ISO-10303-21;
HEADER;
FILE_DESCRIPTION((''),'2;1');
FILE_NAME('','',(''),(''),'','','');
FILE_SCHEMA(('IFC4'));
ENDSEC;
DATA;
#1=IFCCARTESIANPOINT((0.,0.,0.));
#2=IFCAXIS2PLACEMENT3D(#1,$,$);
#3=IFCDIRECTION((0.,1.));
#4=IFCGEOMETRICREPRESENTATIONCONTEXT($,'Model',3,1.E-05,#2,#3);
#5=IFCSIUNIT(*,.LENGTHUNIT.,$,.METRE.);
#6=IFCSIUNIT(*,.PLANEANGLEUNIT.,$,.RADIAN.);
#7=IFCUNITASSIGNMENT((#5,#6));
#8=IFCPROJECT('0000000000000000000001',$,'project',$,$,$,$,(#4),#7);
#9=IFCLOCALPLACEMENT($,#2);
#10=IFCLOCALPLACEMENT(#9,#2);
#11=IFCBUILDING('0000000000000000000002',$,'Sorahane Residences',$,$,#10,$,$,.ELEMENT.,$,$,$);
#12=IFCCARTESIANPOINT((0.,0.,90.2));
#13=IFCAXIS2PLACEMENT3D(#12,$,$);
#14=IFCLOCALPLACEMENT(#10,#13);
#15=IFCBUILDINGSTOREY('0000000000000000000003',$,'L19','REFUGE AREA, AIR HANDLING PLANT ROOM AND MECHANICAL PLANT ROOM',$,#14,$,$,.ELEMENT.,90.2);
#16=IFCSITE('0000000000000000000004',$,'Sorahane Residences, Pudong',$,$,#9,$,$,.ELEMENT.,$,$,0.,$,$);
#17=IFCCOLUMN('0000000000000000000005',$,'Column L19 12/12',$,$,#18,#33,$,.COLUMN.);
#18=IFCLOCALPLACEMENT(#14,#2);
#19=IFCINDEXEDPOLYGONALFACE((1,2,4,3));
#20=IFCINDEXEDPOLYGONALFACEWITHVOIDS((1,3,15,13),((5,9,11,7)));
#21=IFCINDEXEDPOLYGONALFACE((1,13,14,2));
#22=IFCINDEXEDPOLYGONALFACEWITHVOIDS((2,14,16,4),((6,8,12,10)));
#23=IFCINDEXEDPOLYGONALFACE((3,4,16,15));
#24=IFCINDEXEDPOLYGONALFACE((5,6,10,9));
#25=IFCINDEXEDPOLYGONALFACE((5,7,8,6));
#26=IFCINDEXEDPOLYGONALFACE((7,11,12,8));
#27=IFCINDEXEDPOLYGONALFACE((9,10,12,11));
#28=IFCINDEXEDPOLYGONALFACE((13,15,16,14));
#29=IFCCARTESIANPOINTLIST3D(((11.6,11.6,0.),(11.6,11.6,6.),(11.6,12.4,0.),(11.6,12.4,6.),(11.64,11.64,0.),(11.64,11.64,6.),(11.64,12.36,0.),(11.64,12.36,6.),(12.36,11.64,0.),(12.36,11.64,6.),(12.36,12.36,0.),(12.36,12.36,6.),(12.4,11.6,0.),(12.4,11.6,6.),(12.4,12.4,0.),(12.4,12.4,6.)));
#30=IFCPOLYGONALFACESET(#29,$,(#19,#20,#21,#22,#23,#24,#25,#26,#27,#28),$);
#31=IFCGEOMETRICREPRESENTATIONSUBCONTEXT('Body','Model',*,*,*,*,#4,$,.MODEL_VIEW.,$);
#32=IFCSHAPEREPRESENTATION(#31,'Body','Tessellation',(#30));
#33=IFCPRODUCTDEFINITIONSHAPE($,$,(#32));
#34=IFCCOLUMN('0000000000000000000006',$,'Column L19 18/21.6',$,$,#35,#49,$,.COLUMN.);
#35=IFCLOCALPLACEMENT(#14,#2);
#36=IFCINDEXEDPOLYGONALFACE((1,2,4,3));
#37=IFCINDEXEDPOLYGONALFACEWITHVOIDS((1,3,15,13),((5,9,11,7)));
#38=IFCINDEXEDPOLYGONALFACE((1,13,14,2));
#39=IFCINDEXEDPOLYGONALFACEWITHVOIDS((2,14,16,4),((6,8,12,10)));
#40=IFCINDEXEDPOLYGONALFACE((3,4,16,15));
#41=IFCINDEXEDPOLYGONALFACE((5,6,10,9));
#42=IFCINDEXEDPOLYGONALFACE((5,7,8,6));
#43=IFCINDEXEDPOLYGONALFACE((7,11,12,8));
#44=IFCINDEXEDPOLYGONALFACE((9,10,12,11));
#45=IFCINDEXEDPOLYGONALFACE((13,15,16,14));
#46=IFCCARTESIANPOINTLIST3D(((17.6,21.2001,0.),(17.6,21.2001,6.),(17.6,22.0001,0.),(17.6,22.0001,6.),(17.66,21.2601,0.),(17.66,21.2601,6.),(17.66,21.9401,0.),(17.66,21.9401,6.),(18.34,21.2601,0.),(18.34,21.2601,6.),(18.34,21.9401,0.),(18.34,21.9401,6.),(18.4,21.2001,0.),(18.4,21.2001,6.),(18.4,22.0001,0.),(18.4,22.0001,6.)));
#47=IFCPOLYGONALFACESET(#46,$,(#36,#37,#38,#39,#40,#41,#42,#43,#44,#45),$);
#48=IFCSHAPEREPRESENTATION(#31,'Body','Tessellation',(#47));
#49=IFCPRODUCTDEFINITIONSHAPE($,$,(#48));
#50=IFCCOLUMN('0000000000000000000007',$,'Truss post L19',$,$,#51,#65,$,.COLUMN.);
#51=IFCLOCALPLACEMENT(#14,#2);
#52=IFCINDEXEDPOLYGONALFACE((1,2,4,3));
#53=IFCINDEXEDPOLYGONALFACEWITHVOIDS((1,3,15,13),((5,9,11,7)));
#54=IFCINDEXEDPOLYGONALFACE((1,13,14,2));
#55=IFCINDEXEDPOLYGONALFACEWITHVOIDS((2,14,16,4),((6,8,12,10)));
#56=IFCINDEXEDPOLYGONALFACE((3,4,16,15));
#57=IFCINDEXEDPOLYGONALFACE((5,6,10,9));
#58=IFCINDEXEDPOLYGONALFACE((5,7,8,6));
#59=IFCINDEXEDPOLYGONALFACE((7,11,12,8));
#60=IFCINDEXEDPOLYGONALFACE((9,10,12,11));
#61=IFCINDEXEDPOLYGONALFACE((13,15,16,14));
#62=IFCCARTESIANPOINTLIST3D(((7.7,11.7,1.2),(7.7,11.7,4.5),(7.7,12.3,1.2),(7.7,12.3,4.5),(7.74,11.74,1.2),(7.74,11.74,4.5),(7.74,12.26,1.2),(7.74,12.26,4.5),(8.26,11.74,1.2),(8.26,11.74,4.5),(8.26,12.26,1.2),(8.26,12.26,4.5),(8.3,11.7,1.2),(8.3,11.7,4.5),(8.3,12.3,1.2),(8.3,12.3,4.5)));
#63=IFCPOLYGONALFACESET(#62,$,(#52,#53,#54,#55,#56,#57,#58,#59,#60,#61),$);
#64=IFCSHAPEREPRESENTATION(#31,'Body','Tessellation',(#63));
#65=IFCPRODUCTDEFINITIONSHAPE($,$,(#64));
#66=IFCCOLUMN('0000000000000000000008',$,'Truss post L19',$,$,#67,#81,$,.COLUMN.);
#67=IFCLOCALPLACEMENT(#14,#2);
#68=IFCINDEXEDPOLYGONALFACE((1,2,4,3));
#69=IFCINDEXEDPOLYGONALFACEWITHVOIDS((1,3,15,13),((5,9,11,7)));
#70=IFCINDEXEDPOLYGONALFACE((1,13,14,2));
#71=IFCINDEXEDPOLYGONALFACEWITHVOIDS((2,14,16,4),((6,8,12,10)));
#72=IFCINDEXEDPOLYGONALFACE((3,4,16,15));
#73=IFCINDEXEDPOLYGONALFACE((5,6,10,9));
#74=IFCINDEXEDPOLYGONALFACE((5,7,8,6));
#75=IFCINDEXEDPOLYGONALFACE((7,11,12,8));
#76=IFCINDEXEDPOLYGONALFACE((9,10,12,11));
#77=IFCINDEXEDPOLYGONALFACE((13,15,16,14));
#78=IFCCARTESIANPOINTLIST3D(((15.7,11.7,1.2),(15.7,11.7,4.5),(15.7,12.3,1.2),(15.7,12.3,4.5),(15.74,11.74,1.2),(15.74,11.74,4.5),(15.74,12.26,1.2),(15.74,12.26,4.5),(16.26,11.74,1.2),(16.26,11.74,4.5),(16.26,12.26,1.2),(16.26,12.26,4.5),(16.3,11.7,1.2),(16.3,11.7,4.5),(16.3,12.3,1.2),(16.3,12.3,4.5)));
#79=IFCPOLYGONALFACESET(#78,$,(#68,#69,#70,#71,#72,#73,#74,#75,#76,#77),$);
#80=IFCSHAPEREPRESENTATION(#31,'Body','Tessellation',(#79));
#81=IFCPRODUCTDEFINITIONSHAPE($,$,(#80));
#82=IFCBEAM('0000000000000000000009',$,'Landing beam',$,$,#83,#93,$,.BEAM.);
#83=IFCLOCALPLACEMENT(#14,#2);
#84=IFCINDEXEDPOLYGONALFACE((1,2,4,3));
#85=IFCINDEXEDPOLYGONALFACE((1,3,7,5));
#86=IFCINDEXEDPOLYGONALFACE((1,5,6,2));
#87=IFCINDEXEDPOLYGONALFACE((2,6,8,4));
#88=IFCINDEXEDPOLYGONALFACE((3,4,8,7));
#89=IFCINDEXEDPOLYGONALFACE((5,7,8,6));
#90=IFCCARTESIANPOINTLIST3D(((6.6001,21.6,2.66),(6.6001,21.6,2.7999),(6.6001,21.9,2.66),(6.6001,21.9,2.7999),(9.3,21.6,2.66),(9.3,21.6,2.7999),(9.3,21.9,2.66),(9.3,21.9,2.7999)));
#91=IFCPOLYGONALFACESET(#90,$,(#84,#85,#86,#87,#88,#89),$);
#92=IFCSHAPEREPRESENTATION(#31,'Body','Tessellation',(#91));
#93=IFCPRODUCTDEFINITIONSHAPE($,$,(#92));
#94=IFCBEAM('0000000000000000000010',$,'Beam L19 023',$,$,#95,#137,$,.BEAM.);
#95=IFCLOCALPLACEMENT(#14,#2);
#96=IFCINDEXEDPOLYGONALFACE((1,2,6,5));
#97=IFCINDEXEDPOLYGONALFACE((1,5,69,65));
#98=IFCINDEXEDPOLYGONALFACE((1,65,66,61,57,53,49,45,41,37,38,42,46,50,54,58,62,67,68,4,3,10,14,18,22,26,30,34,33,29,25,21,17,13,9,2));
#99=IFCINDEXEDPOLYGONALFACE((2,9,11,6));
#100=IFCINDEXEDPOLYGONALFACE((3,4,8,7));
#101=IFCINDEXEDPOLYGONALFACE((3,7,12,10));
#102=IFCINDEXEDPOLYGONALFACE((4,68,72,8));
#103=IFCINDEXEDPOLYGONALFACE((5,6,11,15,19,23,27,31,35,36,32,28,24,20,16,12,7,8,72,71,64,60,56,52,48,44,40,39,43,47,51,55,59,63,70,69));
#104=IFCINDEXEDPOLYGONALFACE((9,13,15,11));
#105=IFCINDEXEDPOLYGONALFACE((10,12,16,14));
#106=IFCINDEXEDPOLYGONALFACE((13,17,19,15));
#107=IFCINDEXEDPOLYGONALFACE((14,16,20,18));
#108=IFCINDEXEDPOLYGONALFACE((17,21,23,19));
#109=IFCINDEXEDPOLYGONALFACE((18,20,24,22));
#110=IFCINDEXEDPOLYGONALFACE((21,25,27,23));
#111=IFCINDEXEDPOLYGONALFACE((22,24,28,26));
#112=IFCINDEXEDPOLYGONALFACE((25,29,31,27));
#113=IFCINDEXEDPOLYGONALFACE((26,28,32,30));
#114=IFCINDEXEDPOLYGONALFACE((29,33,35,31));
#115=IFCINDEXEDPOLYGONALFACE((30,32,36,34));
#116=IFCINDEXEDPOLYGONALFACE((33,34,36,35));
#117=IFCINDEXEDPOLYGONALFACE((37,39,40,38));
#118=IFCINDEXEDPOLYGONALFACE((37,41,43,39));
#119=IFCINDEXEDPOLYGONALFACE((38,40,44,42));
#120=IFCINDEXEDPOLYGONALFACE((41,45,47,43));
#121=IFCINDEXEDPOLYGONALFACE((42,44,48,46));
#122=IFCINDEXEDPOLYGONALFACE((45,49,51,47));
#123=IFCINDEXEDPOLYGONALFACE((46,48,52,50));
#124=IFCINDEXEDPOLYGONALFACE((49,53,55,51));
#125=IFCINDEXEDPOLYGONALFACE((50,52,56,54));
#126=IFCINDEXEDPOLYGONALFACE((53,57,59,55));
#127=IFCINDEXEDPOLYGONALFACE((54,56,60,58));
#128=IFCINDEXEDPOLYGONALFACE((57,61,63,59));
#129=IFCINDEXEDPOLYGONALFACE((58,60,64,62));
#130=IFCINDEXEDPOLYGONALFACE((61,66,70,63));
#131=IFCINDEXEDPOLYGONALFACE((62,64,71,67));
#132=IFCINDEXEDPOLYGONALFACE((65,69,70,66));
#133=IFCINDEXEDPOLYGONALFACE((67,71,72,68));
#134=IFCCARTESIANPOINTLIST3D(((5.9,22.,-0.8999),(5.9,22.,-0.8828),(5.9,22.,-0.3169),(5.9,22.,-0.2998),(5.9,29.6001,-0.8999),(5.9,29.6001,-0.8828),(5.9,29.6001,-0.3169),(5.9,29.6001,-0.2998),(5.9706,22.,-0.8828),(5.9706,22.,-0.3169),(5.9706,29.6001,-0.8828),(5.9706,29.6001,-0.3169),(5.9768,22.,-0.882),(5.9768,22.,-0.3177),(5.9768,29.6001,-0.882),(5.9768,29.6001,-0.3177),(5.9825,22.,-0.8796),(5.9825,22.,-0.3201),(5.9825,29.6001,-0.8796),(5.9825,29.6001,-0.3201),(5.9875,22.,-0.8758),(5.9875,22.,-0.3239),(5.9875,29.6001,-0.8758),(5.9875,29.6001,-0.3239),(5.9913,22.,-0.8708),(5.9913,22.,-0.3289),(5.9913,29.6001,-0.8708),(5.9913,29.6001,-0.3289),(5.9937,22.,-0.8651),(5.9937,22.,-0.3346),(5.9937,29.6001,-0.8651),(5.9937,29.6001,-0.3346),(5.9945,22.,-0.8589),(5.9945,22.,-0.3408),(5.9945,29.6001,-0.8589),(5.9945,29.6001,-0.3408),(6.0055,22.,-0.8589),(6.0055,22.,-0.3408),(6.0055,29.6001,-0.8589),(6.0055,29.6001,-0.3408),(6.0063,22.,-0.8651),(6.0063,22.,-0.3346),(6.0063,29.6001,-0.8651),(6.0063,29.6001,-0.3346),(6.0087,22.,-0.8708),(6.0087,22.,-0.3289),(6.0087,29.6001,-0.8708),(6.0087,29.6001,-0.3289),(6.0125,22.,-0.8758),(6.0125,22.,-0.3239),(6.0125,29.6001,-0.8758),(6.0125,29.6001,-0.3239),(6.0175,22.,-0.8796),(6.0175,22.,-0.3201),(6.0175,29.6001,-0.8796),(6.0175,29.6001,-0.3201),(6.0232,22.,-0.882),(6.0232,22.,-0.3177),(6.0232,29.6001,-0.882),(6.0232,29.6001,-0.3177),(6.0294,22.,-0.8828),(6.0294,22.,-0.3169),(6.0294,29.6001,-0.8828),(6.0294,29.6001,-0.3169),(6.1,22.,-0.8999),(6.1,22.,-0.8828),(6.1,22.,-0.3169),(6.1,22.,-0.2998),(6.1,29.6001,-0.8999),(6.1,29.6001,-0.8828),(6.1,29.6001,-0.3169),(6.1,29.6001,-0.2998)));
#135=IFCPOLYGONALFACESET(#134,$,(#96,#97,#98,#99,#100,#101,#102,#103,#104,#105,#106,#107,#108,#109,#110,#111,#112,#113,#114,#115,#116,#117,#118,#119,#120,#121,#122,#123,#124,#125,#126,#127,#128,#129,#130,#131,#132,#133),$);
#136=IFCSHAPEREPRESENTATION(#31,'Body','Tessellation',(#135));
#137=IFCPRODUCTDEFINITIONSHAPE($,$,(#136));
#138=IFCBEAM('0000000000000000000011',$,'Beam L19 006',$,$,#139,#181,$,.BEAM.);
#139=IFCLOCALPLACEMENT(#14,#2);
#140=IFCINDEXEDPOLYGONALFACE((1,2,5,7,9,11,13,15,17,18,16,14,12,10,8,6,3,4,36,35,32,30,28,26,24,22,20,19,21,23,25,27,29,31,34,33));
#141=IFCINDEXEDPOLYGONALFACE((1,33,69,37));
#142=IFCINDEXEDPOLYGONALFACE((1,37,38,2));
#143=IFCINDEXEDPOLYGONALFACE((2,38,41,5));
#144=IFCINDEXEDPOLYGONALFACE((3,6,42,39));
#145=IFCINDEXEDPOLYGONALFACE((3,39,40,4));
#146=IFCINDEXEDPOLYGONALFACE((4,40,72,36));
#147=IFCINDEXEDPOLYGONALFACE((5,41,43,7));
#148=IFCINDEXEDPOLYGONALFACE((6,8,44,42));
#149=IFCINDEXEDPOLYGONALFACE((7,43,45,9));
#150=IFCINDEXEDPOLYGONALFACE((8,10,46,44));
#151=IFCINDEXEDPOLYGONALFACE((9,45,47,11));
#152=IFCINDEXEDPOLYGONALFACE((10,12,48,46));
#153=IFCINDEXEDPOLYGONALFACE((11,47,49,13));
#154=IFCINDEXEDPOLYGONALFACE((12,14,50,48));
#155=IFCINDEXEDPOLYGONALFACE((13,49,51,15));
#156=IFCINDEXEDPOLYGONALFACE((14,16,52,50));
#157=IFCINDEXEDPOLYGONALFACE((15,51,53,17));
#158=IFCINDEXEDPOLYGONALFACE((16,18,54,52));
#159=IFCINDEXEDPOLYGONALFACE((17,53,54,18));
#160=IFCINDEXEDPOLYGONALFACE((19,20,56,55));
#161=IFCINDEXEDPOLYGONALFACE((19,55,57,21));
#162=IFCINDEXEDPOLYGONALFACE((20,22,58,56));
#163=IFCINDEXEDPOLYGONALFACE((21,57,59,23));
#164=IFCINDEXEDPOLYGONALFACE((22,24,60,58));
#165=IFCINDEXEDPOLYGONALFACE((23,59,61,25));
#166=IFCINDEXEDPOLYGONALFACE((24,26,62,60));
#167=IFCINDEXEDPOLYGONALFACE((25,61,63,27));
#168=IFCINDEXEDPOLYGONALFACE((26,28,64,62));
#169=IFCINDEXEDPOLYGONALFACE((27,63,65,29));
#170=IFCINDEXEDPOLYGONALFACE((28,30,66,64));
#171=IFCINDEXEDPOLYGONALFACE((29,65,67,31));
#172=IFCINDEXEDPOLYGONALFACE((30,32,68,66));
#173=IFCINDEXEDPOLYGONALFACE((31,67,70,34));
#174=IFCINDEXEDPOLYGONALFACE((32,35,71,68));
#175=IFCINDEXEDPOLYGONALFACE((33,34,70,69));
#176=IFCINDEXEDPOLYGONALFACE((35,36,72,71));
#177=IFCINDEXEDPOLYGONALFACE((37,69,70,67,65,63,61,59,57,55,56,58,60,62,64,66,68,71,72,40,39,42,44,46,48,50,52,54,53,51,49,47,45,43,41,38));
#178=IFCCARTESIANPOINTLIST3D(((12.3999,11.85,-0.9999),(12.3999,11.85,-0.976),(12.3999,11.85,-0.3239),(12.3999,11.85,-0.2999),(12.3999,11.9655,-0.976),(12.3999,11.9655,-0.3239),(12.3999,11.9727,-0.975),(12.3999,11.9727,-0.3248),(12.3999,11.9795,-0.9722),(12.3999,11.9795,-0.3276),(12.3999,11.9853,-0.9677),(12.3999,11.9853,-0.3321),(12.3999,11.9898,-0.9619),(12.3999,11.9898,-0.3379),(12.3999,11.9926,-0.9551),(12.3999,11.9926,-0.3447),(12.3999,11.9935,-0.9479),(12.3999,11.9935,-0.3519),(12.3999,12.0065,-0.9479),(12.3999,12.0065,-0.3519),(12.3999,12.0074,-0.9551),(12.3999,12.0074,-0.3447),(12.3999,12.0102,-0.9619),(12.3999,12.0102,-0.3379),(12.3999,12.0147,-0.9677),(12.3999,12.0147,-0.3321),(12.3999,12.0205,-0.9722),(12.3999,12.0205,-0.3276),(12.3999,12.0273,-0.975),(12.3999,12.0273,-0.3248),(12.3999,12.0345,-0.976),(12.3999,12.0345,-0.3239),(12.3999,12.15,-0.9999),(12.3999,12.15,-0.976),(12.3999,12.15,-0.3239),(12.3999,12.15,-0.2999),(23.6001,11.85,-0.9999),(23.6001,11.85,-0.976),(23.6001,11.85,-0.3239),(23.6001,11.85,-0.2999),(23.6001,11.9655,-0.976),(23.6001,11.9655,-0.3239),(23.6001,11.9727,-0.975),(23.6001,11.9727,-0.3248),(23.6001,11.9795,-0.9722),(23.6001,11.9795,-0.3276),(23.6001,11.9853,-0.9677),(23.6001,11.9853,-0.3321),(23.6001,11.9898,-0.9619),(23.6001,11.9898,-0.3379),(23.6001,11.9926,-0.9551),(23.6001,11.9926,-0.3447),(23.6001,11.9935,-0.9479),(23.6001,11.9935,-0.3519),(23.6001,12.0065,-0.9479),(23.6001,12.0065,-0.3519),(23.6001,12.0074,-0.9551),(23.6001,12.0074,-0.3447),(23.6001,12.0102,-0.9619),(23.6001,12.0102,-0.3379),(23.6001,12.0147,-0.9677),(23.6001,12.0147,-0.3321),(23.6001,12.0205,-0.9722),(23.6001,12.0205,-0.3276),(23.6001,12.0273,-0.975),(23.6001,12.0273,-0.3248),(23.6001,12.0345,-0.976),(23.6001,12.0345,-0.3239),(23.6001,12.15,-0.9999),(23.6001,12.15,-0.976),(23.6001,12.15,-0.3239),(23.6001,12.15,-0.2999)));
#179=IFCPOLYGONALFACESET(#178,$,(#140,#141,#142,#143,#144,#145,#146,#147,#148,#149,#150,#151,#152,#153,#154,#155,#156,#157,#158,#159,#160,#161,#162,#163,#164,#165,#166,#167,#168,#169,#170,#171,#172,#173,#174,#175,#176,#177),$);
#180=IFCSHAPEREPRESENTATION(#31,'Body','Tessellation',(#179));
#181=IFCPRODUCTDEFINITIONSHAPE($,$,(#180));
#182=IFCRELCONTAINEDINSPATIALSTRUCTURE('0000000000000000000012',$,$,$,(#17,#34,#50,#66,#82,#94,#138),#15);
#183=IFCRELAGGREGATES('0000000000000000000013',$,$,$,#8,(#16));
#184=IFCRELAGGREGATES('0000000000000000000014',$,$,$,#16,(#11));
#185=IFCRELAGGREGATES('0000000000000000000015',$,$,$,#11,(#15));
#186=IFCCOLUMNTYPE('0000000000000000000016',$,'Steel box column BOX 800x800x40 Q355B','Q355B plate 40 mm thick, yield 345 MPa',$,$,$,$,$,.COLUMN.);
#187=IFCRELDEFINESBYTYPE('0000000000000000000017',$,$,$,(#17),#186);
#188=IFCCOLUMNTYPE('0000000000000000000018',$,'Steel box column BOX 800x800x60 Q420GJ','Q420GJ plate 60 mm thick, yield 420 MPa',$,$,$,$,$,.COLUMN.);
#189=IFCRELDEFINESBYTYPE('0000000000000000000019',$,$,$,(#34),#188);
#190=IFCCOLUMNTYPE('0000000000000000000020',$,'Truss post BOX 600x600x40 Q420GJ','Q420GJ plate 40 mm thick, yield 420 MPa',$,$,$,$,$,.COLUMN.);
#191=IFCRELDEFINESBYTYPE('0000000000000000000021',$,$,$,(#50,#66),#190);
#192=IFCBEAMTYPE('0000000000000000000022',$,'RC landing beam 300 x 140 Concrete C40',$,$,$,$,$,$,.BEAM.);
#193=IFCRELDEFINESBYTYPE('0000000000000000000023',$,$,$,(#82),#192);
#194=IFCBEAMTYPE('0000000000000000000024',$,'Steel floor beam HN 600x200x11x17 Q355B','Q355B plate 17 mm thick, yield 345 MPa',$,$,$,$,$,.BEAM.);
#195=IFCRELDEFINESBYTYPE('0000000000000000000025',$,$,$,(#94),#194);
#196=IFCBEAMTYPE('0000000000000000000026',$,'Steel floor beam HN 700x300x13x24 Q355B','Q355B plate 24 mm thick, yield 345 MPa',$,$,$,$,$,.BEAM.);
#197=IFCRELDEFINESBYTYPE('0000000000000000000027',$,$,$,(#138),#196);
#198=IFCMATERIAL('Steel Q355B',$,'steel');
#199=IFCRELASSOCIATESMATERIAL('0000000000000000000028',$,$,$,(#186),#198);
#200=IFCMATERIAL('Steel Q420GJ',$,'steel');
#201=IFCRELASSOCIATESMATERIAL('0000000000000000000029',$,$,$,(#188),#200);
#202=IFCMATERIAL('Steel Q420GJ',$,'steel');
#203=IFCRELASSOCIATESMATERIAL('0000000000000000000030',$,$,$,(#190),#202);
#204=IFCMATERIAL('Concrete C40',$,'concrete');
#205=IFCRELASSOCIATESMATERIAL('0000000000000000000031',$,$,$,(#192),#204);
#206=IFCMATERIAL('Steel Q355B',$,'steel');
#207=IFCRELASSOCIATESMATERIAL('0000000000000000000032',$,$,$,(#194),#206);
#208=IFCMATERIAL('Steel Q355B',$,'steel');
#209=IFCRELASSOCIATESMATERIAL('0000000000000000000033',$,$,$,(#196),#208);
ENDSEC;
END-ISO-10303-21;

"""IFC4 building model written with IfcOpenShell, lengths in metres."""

from ifc_helpers import new_model, si_unit, direction, frame, origin, origin_2d, place, context, subcontext, project, spatial, rectangle, hollow_rectangle, i_section, extrude, material, material_profile, profile_set, type_object, element, save


model = new_model("IFC4")

# Units and contexts
model_context = context("Model", 3, precision=1e-05, world=origin(), true_north=direction((0.0, 1.0)))
body_context = subcontext(model_context, "Body", "Model", "MODEL_VIEW")
ifc_project = project(units=[si_unit("LENGTHUNIT", "METRE"), si_unit("PLANEANGLEUNIT", "RADIAN")], contexts=[model_context])

# Site, building, storey
site_placement = place(None, origin())
site = spatial("IfcSite", under=ifc_project, at=site_placement, Name="Sorahane Residences, Pudong", CompositionType="ELEMENT", RefElevation=0.0)
building_placement = place(site_placement, origin())
building = spatial("IfcBuilding", under=site, at=building_placement, Name="Sorahane Residences", CompositionType="ELEMENT")
storey_placement = place(building_placement, frame((0.0, 0.0, 90.2)))
storey = spatial("IfcBuildingStorey", under=building, at=storey_placement, Name="L19", Description="REFUGE AREA, AIR HANDLING PLANT ROOM AND MECHANICAL PLANT ROOM", CompositionType="ELEMENT", Elevation=90.2)

# Columns
ifc_material_1 = material(Name="Steel Q355B", Category="steel")
ifc_material_profile_1 = material_profile(ifc_material_1, hollow_rectangle(XDim=0.8, YDim=0.8, WallThickness=0.04, at=origin_2d()), Name="BOX 800x800x40")
ifc_profile_set_1 = profile_set([ifc_material_profile_1], Name="Steel Q355B")
column_type_1 = type_object("IfcColumnType", Name="Steel box column BOX 800x800x40 Q355B", Description="Q355B plate 40 mm thick, yield 345 MPa", PredefinedType="COLUMN", material=ifc_profile_set_1)
column_1_placement = place(storey_placement, frame((12.0, 12.0, 0.0), z_axis=(0.0, 0.0, 1.0), x_axis=(1.0, 0.0, 0.0)))
element("IfcColumn", 1, at=column_1_placement, inside=storey, type_object=column_type_1, Name="Column L19 12/12", PredefinedType="COLUMN", context=body_context, shape_type="SweptSolid", body=[
    extrude(hollow_rectangle(XDim=0.8, YDim=0.8, WallThickness=0.04, at=origin_2d()), origin(), (0.0, 0.0, 1.0), 6.0),
])
ifc_material_2 = material(Name="Steel Q420GJ", Category="steel")
ifc_material_profile_2 = material_profile(ifc_material_2, hollow_rectangle(XDim=0.8, YDim=0.8, WallThickness=0.0601, at=origin_2d()), Name="BOX 800x800x60")
ifc_profile_set_2 = profile_set([ifc_material_profile_2], Name="Steel Q420GJ")
column_type_2 = type_object("IfcColumnType", Name="Steel box column BOX 800x800x60 Q420GJ", Description="Q420GJ plate 60 mm thick, yield 420 MPa", PredefinedType="COLUMN", material=ifc_profile_set_2)
column_2_placement = place(storey_placement, frame((18.0, 21.6001, 0.0), z_axis=(0.0, 0.0, 1.0), x_axis=(1.0, 0.0, 0.0)))
element("IfcColumn", 2, at=column_2_placement, inside=storey, type_object=column_type_2, Name="Column L19 18/21.6", PredefinedType="COLUMN", context=body_context, shape_type="SweptSolid", body=[
    extrude(hollow_rectangle(XDim=0.8, YDim=0.8, WallThickness=0.0601, at=origin_2d()), origin(), (0.0, 0.0, 1.0), 6.0),
])
ifc_material_3 = material(Name="Steel Q420GJ", Category="steel")
ifc_material_profile_3 = material_profile(ifc_material_3, hollow_rectangle(XDim=0.6001, YDim=0.6001, WallThickness=0.04, at=origin_2d()), Name="BOX 600x600x40")
ifc_profile_set_3 = profile_set([ifc_material_profile_3], Name="Steel Q420GJ")
column_type_3 = type_object("IfcColumnType", Name="Truss post BOX 600x600x40 Q420GJ", Description="Q420GJ plate 40 mm thick, yield 420 MPa", PredefinedType="COLUMN", material=ifc_profile_set_3)
for number, where, z_axis, x_axis, name in (
    (3, (8.0, 12.0, 1.2), (0.0, 0.0, 1.0), (1.0, 0.0, 0.0), "Truss post L19"),
    (4, (16.0, 12.0, 1.2), (0.0, 0.0, 1.0), (1.0, 0.0, 0.0), "Truss post L19"),
):
    element("IfcColumn", number, at=place(storey_placement, frame(where, z_axis=z_axis, x_axis=x_axis)), inside=storey, type_object=column_type_3, Name=name, PredefinedType="COLUMN", context=body_context, shape_type="SweptSolid", body=[
        extrude(hollow_rectangle(XDim=0.6001, YDim=0.6001, WallThickness=0.04, at=origin_2d()), origin(), (0.0, 0.0, 1.0), 3.3),
    ])

# Beams
ifc_material_4 = material(Name="Concrete C40", Category="concrete")
ifc_material_profile_4 = material_profile(ifc_material_4, rectangle(XDim=0.3, YDim=0.1399, at=origin_2d()), Name="300x140")
ifc_profile_set_4 = profile_set([ifc_material_profile_4], Name="Concrete C40")
beam_type_1 = type_object("IfcBeamType", Name="RC landing beam 300 x 140 Concrete C40", PredefinedType="BEAM", material=ifc_profile_set_4)
beam_1_placement = place(storey_placement, frame((6.6001, 21.75, 2.73), z_axis=(1.0, 0.0, 0.0), x_axis=(0.0, 1.0, 0.0)))
element("IfcBeam", 5, at=beam_1_placement, inside=storey, type_object=beam_type_1, Name="Landing beam", PredefinedType="BEAM", context=body_context, shape_type="SweptSolid", body=[
    extrude(rectangle(XDim=0.3, YDim=0.1399, at=origin_2d()), origin(), (0.0, 0.0, 1.0), 2.7),
])
ifc_material_5 = material(Name="Steel Q355B", Category="steel")
ifc_material_profile_5 = material_profile(ifc_material_5, i_section(OverallWidth=0.2, OverallDepth=0.6001, WebThickness=0.011, FlangeThickness=0.0171, FilletRadius=0.0239, at=origin_2d()), Name="HN 600x200x11x17")
ifc_profile_set_5 = profile_set([ifc_material_profile_5], Name="Steel Q355B")
beam_type_2 = type_object("IfcBeamType", Name="Steel floor beam HN 600x200x11x17 Q355B", Description="Q355B plate 17 mm thick, yield 345 MPa", PredefinedType="BEAM", material=ifc_profile_set_5)
beam_2_placement = place(storey_placement, frame((6.0, 22.0, -0.5999), z_axis=(0.0, 1.0, 0.0), x_axis=(-1.0, 0.0, 0.0)))
element("IfcBeam", 6, at=beam_2_placement, inside=storey, type_object=beam_type_2, Name="Beam L19 023", PredefinedType="BEAM", context=body_context, shape_type="SweptSolid", body=[
    extrude(i_section(OverallWidth=0.2, OverallDepth=0.6001, WebThickness=0.011, FlangeThickness=0.0171, FilletRadius=0.0239, at=origin_2d()), origin(), (0.0, 0.0, 1.0), 7.6001),
])
ifc_material_6 = material(Name="Steel Q355B", Category="steel")
ifc_material_profile_6 = material_profile(ifc_material_6, i_section(OverallWidth=0.3, OverallDepth=0.7, WebThickness=0.0129, FlangeThickness=0.0239, FilletRadius=0.0281, at=origin_2d()), Name="HN 700x300x13x24")
ifc_profile_set_6 = profile_set([ifc_material_profile_6], Name="Steel Q355B")
beam_type_3 = type_object("IfcBeamType", Name="Steel floor beam HN 700x300x13x24 Q355B", Description="Q355B plate 24 mm thick, yield 345 MPa", PredefinedType="BEAM", material=ifc_profile_set_6)
beam_3_placement = place(storey_placement, frame((12.3999, 12.0, -0.6499), z_axis=(1.0, 0.0, 0.0), x_axis=(0.0, 1.0, 0.0)))
element("IfcBeam", 7, at=beam_3_placement, inside=storey, type_object=beam_type_3, Name="Beam L19 006", PredefinedType="BEAM", context=body_context, shape_type="SweptSolid", body=[
    extrude(i_section(OverallWidth=0.3, OverallDepth=0.7, WebThickness=0.0129, FlangeThickness=0.0239, FilletRadius=0.0281, at=origin_2d()), origin(), (0.0, 0.0, 1.0), 11.2002),
])

save(model, "model.ifc")
